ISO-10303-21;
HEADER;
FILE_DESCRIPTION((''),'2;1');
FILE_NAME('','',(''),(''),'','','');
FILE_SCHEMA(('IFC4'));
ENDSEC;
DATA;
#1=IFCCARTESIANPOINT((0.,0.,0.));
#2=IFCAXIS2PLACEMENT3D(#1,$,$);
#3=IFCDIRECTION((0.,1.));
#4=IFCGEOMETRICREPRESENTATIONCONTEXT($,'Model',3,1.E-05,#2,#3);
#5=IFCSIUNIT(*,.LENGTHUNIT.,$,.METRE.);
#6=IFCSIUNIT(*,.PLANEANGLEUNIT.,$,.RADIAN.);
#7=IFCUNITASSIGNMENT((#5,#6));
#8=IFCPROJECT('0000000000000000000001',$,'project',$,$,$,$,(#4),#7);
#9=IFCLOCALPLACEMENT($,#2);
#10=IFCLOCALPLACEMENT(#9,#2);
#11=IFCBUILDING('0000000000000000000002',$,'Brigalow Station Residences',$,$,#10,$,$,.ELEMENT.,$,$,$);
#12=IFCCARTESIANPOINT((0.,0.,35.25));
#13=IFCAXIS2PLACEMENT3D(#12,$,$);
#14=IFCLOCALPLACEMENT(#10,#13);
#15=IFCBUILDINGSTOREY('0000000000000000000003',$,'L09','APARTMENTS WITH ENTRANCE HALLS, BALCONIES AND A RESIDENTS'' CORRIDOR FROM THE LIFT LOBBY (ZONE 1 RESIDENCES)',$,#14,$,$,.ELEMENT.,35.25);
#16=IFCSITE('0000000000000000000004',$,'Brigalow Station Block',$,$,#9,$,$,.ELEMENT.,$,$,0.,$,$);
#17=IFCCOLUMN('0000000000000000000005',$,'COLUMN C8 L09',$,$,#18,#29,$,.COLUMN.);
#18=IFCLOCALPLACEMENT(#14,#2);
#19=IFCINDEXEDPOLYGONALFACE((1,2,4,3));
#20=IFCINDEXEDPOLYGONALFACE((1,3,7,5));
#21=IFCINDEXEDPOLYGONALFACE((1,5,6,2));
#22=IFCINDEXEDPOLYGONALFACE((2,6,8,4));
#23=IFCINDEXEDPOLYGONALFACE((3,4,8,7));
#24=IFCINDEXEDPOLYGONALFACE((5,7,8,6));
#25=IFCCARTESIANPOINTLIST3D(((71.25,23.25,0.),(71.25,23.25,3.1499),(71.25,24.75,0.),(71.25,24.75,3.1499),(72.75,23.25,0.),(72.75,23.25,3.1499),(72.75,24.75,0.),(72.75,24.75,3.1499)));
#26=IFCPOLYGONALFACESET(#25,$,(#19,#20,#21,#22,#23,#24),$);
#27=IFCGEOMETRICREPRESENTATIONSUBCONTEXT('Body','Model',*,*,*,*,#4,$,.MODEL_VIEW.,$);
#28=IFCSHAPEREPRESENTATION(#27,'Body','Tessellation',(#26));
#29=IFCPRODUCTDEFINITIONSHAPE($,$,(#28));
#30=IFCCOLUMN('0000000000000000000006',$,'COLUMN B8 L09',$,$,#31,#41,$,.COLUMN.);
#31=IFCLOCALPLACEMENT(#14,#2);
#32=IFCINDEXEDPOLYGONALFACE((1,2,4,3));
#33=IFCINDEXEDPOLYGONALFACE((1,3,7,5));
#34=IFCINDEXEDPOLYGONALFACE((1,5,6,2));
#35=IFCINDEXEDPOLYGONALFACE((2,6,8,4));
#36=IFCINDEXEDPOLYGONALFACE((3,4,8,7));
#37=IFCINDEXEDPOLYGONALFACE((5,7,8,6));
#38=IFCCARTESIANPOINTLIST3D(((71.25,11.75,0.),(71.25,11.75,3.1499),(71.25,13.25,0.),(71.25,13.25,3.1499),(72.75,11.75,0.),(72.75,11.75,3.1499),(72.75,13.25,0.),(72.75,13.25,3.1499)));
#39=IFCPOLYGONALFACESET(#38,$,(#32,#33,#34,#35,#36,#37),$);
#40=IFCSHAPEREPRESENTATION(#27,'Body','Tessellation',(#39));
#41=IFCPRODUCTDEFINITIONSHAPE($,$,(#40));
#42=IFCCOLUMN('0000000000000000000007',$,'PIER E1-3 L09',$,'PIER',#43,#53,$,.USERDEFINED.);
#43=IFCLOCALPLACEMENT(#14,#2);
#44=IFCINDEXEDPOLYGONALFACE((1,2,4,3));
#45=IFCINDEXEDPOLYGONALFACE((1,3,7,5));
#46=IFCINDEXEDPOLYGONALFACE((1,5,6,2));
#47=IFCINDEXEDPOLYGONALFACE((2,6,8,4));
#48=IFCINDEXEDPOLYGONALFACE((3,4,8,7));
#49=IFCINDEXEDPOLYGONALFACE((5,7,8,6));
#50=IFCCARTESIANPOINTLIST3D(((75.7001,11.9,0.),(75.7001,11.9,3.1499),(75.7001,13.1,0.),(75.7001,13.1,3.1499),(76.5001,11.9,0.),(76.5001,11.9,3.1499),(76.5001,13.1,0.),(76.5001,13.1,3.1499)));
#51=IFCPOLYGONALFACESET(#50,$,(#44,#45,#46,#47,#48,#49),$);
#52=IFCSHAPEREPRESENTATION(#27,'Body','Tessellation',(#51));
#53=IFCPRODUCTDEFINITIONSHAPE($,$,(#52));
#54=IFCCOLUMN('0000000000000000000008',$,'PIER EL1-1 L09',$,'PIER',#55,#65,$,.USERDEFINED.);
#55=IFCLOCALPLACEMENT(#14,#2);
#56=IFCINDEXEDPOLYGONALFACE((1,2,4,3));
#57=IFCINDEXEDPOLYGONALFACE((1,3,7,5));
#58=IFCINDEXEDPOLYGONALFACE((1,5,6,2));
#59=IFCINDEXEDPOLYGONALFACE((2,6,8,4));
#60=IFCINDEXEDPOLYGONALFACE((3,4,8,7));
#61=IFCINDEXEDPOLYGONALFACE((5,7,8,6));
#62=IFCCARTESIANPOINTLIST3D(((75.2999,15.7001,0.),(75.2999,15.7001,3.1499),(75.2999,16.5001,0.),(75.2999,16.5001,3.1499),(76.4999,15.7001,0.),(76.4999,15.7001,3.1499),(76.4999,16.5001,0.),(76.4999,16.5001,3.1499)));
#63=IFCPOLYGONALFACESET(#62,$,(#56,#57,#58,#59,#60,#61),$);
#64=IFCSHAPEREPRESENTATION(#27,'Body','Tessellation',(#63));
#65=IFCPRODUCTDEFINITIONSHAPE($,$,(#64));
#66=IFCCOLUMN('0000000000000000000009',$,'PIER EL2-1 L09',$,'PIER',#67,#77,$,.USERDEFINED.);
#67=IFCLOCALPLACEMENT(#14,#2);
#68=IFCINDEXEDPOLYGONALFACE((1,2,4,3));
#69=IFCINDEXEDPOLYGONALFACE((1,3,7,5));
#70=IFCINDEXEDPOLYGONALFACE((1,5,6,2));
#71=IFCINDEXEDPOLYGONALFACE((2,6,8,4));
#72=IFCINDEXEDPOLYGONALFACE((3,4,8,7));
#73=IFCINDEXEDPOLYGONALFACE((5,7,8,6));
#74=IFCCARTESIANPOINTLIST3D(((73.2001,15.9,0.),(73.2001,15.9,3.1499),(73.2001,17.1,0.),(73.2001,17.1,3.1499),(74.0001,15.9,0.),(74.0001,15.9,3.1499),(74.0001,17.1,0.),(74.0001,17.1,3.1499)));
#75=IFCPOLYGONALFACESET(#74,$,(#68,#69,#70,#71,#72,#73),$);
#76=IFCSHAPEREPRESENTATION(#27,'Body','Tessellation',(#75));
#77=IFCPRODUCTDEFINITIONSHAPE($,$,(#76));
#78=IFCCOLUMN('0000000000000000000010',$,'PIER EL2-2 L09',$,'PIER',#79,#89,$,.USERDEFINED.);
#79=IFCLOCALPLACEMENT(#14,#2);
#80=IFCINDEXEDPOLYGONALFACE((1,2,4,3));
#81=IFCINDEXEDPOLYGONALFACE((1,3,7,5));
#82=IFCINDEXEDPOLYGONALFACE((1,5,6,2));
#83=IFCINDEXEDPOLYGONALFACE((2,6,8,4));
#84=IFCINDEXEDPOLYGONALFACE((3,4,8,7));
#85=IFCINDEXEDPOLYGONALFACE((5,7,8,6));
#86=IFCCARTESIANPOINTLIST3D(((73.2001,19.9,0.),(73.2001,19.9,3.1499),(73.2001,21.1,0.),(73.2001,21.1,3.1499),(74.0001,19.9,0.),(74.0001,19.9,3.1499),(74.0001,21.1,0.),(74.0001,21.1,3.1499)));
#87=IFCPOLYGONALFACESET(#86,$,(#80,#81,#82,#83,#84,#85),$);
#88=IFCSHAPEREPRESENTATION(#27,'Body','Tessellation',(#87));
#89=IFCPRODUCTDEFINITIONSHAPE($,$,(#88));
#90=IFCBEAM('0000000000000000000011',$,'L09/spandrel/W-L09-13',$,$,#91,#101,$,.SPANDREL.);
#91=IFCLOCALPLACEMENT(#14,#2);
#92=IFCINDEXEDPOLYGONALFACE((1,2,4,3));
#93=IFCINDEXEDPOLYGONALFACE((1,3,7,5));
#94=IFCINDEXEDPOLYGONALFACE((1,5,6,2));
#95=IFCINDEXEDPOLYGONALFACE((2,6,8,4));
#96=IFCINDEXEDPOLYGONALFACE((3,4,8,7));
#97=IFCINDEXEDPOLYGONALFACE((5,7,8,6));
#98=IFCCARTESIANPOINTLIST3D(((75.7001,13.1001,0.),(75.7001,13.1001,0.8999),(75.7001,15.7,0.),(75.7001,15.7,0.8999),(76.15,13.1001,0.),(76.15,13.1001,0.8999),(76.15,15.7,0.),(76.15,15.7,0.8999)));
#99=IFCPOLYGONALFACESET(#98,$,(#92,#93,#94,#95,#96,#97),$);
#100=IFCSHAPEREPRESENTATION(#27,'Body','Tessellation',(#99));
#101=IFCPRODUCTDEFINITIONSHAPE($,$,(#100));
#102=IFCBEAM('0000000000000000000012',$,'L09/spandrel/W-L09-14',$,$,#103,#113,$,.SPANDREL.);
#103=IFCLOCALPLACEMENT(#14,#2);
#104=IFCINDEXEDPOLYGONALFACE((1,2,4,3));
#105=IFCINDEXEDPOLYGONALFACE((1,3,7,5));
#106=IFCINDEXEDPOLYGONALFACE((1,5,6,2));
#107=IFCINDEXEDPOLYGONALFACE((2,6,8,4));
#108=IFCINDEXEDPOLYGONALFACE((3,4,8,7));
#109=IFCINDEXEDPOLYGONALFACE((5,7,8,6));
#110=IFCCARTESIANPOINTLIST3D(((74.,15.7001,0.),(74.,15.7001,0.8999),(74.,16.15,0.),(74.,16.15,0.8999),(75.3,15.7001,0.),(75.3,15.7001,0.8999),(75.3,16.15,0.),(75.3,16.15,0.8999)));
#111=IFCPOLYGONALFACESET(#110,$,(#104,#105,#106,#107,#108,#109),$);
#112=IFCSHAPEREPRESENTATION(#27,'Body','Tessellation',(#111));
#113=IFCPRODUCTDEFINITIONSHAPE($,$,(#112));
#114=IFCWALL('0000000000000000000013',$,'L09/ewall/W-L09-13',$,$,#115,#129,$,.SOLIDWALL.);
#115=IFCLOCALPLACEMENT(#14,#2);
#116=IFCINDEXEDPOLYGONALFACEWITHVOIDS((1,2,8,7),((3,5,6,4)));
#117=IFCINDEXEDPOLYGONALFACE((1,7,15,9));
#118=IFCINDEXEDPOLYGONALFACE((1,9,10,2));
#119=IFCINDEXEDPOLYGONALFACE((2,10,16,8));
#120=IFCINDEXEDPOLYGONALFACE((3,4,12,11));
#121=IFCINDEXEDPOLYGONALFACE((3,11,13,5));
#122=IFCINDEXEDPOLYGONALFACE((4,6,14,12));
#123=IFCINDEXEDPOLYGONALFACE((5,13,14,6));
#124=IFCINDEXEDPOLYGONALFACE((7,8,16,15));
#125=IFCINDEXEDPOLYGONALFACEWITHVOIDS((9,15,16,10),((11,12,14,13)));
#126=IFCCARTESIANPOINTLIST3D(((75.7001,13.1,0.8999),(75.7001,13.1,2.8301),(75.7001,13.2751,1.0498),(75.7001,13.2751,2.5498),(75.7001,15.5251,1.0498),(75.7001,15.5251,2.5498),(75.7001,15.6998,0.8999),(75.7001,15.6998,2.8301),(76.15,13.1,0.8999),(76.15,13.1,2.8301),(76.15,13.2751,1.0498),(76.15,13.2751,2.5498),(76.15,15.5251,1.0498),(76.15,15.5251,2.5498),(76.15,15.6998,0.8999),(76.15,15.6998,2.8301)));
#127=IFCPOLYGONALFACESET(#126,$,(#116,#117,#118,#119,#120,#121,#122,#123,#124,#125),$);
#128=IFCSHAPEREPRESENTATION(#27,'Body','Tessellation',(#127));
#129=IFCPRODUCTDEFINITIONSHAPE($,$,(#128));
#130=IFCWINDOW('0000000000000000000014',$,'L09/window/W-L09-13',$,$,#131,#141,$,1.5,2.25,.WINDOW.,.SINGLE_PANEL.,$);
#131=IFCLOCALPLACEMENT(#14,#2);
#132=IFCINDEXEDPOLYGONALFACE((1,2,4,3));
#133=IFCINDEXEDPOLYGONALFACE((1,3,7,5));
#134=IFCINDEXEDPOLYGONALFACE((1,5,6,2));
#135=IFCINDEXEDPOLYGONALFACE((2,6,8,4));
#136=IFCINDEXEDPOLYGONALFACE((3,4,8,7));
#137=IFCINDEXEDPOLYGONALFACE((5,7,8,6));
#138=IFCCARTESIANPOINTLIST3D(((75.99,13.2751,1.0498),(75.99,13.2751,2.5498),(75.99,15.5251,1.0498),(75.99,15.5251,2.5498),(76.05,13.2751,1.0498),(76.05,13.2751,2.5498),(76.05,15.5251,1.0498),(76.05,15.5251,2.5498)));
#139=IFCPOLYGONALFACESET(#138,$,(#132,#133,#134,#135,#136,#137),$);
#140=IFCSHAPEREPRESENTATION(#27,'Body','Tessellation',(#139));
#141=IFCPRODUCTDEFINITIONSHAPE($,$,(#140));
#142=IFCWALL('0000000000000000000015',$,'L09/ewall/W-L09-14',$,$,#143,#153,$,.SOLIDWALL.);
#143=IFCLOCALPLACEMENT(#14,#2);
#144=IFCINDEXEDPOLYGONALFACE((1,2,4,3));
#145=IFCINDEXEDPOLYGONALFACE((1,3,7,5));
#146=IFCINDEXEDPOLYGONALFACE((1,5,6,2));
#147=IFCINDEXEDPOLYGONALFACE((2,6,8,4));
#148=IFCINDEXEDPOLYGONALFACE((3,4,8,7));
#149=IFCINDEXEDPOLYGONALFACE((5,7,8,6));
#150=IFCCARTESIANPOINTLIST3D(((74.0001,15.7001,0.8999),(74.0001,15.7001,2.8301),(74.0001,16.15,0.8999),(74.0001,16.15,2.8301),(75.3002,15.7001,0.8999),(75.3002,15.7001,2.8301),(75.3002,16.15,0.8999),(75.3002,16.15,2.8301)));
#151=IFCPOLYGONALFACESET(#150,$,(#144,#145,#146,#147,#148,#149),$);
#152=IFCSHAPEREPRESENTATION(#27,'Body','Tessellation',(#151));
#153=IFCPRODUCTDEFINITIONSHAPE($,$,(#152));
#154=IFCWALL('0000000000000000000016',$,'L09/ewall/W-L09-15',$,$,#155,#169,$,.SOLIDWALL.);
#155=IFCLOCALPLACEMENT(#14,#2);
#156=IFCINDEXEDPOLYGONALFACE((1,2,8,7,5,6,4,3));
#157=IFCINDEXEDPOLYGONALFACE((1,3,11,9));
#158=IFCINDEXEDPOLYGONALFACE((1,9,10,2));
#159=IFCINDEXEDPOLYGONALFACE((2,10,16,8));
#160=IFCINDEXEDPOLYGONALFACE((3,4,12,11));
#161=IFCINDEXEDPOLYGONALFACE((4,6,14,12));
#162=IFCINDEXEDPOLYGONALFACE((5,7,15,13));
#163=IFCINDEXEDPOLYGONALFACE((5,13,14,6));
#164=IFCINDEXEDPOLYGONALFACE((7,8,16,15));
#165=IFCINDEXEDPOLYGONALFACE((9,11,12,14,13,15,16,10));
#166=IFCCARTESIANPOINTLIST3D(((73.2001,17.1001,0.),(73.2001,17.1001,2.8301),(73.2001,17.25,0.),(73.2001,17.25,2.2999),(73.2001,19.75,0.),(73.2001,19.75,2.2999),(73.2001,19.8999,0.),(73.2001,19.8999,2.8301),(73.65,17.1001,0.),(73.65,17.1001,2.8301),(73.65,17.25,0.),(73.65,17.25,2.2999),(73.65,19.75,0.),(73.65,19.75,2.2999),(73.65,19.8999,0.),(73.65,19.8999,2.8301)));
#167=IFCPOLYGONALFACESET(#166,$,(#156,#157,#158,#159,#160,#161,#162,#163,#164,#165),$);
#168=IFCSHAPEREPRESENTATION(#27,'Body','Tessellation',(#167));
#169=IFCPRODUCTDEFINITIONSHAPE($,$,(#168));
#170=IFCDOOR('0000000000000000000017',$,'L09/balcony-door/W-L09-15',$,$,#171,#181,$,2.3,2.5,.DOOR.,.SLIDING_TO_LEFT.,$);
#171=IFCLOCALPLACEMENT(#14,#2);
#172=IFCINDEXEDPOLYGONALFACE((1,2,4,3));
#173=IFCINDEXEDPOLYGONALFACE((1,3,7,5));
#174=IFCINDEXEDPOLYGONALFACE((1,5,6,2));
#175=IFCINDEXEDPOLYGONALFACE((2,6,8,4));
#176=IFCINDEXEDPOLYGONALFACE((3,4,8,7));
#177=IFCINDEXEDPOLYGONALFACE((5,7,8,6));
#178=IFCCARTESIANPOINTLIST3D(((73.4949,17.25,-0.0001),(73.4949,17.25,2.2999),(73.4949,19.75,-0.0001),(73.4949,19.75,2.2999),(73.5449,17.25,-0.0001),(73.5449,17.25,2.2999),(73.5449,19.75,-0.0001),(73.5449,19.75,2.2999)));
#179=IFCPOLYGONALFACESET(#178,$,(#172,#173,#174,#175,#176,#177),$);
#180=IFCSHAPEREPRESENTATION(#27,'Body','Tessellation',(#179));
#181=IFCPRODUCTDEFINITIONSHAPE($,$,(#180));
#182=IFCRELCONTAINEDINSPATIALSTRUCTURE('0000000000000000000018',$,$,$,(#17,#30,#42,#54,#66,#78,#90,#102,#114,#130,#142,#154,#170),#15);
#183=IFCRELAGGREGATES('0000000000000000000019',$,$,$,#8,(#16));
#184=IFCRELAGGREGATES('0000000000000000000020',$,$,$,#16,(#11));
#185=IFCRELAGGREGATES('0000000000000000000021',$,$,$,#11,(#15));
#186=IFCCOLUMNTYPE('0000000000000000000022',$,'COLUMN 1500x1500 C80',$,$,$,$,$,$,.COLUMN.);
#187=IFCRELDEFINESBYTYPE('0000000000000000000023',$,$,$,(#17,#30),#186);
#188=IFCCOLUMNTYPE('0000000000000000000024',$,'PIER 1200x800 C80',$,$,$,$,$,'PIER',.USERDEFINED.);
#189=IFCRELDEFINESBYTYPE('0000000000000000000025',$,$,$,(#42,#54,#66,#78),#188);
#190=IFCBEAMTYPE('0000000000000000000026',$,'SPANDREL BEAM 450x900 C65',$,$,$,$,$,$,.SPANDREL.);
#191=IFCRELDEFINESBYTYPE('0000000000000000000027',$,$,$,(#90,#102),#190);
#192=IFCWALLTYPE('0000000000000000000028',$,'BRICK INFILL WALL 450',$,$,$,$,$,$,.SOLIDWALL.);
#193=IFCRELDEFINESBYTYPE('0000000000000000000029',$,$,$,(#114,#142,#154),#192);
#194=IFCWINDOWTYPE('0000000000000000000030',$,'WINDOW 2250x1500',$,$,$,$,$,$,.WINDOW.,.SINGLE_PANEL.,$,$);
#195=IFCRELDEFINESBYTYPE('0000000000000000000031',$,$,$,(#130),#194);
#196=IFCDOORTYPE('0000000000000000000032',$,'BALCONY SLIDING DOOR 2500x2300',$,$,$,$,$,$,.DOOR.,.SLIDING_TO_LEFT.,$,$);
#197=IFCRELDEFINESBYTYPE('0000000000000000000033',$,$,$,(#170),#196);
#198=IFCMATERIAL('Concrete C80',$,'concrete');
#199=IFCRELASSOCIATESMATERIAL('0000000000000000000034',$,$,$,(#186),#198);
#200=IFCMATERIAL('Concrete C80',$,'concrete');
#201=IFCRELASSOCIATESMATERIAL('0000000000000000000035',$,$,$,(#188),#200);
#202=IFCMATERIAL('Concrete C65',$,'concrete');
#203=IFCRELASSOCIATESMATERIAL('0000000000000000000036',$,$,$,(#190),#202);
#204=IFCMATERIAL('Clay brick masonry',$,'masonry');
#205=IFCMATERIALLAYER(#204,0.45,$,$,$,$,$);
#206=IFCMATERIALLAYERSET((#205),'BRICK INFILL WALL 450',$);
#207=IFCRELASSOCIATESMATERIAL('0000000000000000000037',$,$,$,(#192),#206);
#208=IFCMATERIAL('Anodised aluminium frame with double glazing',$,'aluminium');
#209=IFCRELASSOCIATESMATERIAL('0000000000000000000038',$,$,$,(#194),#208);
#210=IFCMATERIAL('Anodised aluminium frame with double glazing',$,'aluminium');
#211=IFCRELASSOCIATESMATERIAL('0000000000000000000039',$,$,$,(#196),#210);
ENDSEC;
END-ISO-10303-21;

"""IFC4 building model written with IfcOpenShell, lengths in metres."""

from ifc_helpers import new_model, si_unit, direction, frame, frame_2d, origin, origin_2d, place, context, subcontext, project, spatial, rectangle, extrude, material, layer, layer_set, material_profile, profile_set, type_object, element, fill, save


model = new_model("IFC4")

# Units and contexts
model_context = context("Model", 3, precision=1e-05, world=origin(), true_north=direction((0.0, 1.0)))
body_context = subcontext(model_context, "Body", "Model", "MODEL_VIEW")
ifc_project = project(units=[si_unit("LENGTHUNIT", "METRE"), si_unit("PLANEANGLEUNIT", "RADIAN")], contexts=[model_context])

# Site, building, storey
site_placement = place(None, origin())
site = spatial("IfcSite", under=ifc_project, at=site_placement, Name="Brigalow Station Block", CompositionType="ELEMENT", RefElevation=0.0)
building_placement = place(site_placement, origin())
building = spatial("IfcBuilding", under=site, at=building_placement, Name="Brigalow Station Residences", CompositionType="ELEMENT")
storey_placement = place(building_placement, frame((0.0, 0.0, 35.25)))
storey = spatial("IfcBuildingStorey", under=building, at=storey_placement, Name="L09", Description="APARTMENTS WITH ENTRANCE HALLS, BALCONIES AND A RESIDENTS' CORRIDOR FROM THE LIFT LOBBY (ZONE 1 RESIDENCES)", CompositionType="ELEMENT", Elevation=35.25)

# Columns
ifc_material_1 = material(Name="Concrete C80", Category="concrete")
ifc_material_profile_1 = material_profile(ifc_material_1, rectangle(XDim=1.5, YDim=1.5, at=origin_2d()), Name="RC1500x1500")
ifc_profile_set_1 = profile_set([ifc_material_profile_1], Name="Concrete C80")
column_type_1 = type_object("IfcColumnType", Name="COLUMN 1500x1500 C80", PredefinedType="COLUMN", material=ifc_profile_set_1)
for number, where, z_axis, x_axis, name in (
    (1, (72.0, 24.0, 0.0), (0.0, 0.0, 1.0), (1.0, 0.0, 0.0), "COLUMN C8 L09"),
    (2, (72.0, 12.5, 0.0), (0.0, 0.0, 1.0), (1.0, 0.0, 0.0), "COLUMN B8 L09"),
):
    element("IfcColumn", number, at=place(storey_placement, frame(where, z_axis=z_axis, x_axis=x_axis)), inside=storey, type_object=column_type_1, Name=name, PredefinedType="COLUMN", context=body_context, shape_type="SweptSolid", body=[
        extrude(rectangle(XDim=1.5, YDim=1.5, at=origin_2d()), origin(), (0.0, 0.0, 1.0), 3.1499),
    ])
ifc_material_2 = material(Name="Concrete C80", Category="concrete")
ifc_material_profile_2 = material_profile(ifc_material_2, rectangle(XDim=1.2, YDim=0.8, at=origin_2d()), Name="RC1200x800")
ifc_profile_set_2 = profile_set([ifc_material_profile_2], Name="Concrete C80")
column_type_2 = type_object("IfcColumnType", Name="PIER 1200x800 C80", ElementType="PIER", PredefinedType="USERDEFINED", material=ifc_profile_set_2)
for number, where, z_axis, x_axis, name in (
    (3, (76.1001, 12.5, 0.0), (0.0, 0.0, 1.0), (0.0, 1.0, 0.0), "PIER E1-3 L09"),
    (4, (75.8999, 16.1001, 0.0), (0.0, 0.0, 1.0), (-1.0, 0.0, 0.0), "PIER EL1-1 L09"),
    (5, (73.6001, 16.5, 0.0), (0.0, 0.0, 1.0), (0.0, 1.0, 0.0), "PIER EL2-1 L09"),
    (6, (73.6001, 20.5, 0.0), (0.0, 0.0, 1.0), (0.0, 1.0, 0.0), "PIER EL2-2 L09"),
):
    element("IfcColumn", number, at=place(storey_placement, frame(where, z_axis=z_axis, x_axis=x_axis)), inside=storey, type_object=column_type_2, Name=name, ObjectType="PIER", PredefinedType="USERDEFINED", context=body_context, shape_type="SweptSolid", body=[
        extrude(rectangle(XDim=1.2, YDim=0.8, at=origin_2d()), origin(), (0.0, 0.0, 1.0), 3.1499),
    ])

# Beams
ifc_material_3 = material(Name="Concrete C65", Category="concrete")
ifc_material_profile_3 = material_profile(ifc_material_3, rectangle(XDim=0.45, YDim=0.8999, at=origin_2d()), Name="RC450x900")
ifc_profile_set_3 = profile_set([ifc_material_profile_3], Name="Concrete C65")
beam_type = type_object("IfcBeamType", Name="SPANDREL BEAM 450x900 C65", PredefinedType="SPANDREL", material=ifc_profile_set_3)
beam_1_placement = place(storey_placement, frame((75.925, 13.1001, 0.45), z_axis=(0.0, 1.0, 0.0), x_axis=(-1.0, 0.0, 0.0)))
element("IfcBeam", 7, at=beam_1_placement, inside=storey, type_object=beam_type, Name="L09/spandrel/W-L09-13", PredefinedType="SPANDREL", context=body_context, shape_type="SweptSolid", body=[
    extrude(rectangle(XDim=0.45, YDim=0.8999, at=origin_2d()), origin(), (0.0, 0.0, 1.0), 2.5999),
])
beam_2_placement = place(storey_placement, frame((75.3, 15.925, 0.45), z_axis=(-1.0, 0.0, 0.0), x_axis=(0.0, -1.0, 0.0)))
element("IfcBeam", 8, at=beam_2_placement, inside=storey, type_object=beam_type, Name="L09/spandrel/W-L09-14", PredefinedType="SPANDREL", context=body_context, shape_type="SweptSolid", body=[
    extrude(rectangle(XDim=0.45, YDim=0.8999, at=origin_2d()), origin(), (0.0, 0.0, 1.0), 1.3),
])

# Wall, opening, window
ifc_material_4 = material(Name="Clay brick masonry", Category="masonry")
ifc_layer_1 = layer(ifc_material_4, 0.45)
ifc_layer_set_1 = layer_set([ifc_layer_1], Name="BRICK INFILL WALL 450")
wall_type_1 = type_object("IfcWallType", Name="BRICK INFILL WALL 450", PredefinedType="SOLIDWALL", material=ifc_layer_set_1)
wall_1_placement = place(storey_placement, frame((75.925, 13.1001, 0.8999), z_axis=(0.0, 0.0, 1.0), x_axis=(0.0, 1.0, 0.0)))
wall_1 = element("IfcWall", 9, at=wall_1_placement, inside=storey, type_object=wall_type_1, Name="L09/ewall/W-L09-13", PredefinedType="SOLIDWALL", context=body_context, shape_type="SweptSolid", body=[
    extrude(rectangle(XDim=2.5999, YDim=0.45, at=frame_2d((1.2998, 0.0))), origin(), (0.0, 0.0, 1.0), 1.9302),
])
opening_1_placement = place(wall_1_placement, frame((0.175, 0.0, 0.1499)))
opening_1 = element("IfcOpeningElement", 10, at=opening_1_placement, cuts=wall_1, PredefinedType="OPENING", context=body_context, shape_type="SweptSolid", body=[
    extrude(rectangle(XDim=2.25, YDim=1.5, at=frame_2d((1.125, 0.75))), frame((0.0, 0.2349, 0.0), z_axis=(0.0, -1.0, 0.0), x_axis=(1.0, 0.0, 0.0)), (0.0, 0.0, 1.0), 0.47),
])
ifc_material_5 = material(Name="Anodised aluminium frame with double glazing", Category="aluminium")
window_type = type_object("IfcWindowType", Name="WINDOW 2250x1500", PartitioningType="SINGLE_PANEL", PredefinedType="WINDOW", material=ifc_material_5)
window_placement = place(opening_1_placement, origin())
window = element("IfcWindow", 11, at=window_placement, inside=storey, type_object=window_type, Name="L09/window/W-L09-13", OverallHeight=1.5, OverallWidth=2.25, PartitioningType="SINGLE_PANEL", PredefinedType="WINDOW", context=body_context, shape_type="SweptSolid", body=[
    extrude(rectangle(XDim=2.25, YDim=1.5, at=frame_2d((1.125, 0.75))), frame((0.0, -0.0649, 0.0), z_axis=(0.0, -1.0, 0.0), x_axis=(1.0, 0.0, 0.0)), (0.0, 0.0, 1.0), 0.0601),
])
fill(opening_1, window)

# Wall
wall_2_placement = place(storey_placement, frame((75.3, 15.925, 0.8999), z_axis=(0.0, 0.0, 1.0), x_axis=(-1.0, 0.0, 0.0)))
element("IfcWall", 12, at=wall_2_placement, inside=storey, type_object=wall_type_1, Name="L09/ewall/W-L09-14", PredefinedType="SOLIDWALL", context=body_context, shape_type="SweptSolid", body=[
    extrude(rectangle(XDim=1.3, YDim=0.45, at=frame_2d((0.6499, 0.0))), origin(), (0.0, 0.0, 1.0), 1.9302),
])

# Wall, opening, door
wall_3_placement = place(storey_placement, frame((73.425, 17.1001, 0.0), z_axis=(0.0, 0.0, 1.0), x_axis=(0.0, 1.0, 0.0)))
wall_3 = element("IfcWall", 13, at=wall_3_placement, inside=storey, type_object=wall_type_1, Name="L09/ewall/W-L09-15", PredefinedType="SOLIDWALL", context=body_context, shape_type="SweptSolid", body=[
    extrude(rectangle(XDim=2.7998, YDim=0.45, at=frame_2d((1.3999, 0.0))), origin(), (0.0, 0.0, 1.0), 2.8301),
])
opening_2_placement = place(wall_3_placement, frame((0.1499, 0.0, 0.0)))
opening_2 = element("IfcOpeningElement", 14, at=opening_2_placement, cuts=wall_3, PredefinedType="OPENING", context=body_context, shape_type="SweptSolid", body=[
    extrude(rectangle(XDim=2.5, YDim=2.3, at=frame_2d((1.25, 1.1499))), frame((0.0, 0.2349, 0.0), z_axis=(0.0, -1.0, 0.0), x_axis=(1.0, 0.0, 0.0)), (0.0, 0.0, 1.0), 0.47),
])
ifc_material_6 = material(Name="Anodised aluminium frame with double glazing", Category="aluminium")
door_type_1 = type_object("IfcDoorType", Name="BALCONY SLIDING DOOR 2500x2300", OperationType="SLIDING_TO_LEFT", PredefinedType="DOOR", material=ifc_material_6)
door_1_placement = place(opening_2_placement, origin())
door_1 = element("IfcDoor", 15, at=door_1_placement, inside=storey, type_object=door_type_1, Name="L09/balcony-door/W-L09-15", OperationType="SLIDING_TO_LEFT", OverallHeight=2.3, OverallWidth=2.5, PredefinedType="DOOR", context=body_context, shape_type="SweptSolid", body=[
    extrude(rectangle(XDim=2.5, YDim=2.3, at=frame_2d((1.25, 1.1499))), frame((0.0, -0.0698, 0.0), z_axis=(0.0, -1.0, 0.0), x_axis=(1.0, 0.0, 0.0)), (0.0, 0.0, 1.0), 0.05),
])
fill(opening_2, door_1)

save(model, "model.ifc")
